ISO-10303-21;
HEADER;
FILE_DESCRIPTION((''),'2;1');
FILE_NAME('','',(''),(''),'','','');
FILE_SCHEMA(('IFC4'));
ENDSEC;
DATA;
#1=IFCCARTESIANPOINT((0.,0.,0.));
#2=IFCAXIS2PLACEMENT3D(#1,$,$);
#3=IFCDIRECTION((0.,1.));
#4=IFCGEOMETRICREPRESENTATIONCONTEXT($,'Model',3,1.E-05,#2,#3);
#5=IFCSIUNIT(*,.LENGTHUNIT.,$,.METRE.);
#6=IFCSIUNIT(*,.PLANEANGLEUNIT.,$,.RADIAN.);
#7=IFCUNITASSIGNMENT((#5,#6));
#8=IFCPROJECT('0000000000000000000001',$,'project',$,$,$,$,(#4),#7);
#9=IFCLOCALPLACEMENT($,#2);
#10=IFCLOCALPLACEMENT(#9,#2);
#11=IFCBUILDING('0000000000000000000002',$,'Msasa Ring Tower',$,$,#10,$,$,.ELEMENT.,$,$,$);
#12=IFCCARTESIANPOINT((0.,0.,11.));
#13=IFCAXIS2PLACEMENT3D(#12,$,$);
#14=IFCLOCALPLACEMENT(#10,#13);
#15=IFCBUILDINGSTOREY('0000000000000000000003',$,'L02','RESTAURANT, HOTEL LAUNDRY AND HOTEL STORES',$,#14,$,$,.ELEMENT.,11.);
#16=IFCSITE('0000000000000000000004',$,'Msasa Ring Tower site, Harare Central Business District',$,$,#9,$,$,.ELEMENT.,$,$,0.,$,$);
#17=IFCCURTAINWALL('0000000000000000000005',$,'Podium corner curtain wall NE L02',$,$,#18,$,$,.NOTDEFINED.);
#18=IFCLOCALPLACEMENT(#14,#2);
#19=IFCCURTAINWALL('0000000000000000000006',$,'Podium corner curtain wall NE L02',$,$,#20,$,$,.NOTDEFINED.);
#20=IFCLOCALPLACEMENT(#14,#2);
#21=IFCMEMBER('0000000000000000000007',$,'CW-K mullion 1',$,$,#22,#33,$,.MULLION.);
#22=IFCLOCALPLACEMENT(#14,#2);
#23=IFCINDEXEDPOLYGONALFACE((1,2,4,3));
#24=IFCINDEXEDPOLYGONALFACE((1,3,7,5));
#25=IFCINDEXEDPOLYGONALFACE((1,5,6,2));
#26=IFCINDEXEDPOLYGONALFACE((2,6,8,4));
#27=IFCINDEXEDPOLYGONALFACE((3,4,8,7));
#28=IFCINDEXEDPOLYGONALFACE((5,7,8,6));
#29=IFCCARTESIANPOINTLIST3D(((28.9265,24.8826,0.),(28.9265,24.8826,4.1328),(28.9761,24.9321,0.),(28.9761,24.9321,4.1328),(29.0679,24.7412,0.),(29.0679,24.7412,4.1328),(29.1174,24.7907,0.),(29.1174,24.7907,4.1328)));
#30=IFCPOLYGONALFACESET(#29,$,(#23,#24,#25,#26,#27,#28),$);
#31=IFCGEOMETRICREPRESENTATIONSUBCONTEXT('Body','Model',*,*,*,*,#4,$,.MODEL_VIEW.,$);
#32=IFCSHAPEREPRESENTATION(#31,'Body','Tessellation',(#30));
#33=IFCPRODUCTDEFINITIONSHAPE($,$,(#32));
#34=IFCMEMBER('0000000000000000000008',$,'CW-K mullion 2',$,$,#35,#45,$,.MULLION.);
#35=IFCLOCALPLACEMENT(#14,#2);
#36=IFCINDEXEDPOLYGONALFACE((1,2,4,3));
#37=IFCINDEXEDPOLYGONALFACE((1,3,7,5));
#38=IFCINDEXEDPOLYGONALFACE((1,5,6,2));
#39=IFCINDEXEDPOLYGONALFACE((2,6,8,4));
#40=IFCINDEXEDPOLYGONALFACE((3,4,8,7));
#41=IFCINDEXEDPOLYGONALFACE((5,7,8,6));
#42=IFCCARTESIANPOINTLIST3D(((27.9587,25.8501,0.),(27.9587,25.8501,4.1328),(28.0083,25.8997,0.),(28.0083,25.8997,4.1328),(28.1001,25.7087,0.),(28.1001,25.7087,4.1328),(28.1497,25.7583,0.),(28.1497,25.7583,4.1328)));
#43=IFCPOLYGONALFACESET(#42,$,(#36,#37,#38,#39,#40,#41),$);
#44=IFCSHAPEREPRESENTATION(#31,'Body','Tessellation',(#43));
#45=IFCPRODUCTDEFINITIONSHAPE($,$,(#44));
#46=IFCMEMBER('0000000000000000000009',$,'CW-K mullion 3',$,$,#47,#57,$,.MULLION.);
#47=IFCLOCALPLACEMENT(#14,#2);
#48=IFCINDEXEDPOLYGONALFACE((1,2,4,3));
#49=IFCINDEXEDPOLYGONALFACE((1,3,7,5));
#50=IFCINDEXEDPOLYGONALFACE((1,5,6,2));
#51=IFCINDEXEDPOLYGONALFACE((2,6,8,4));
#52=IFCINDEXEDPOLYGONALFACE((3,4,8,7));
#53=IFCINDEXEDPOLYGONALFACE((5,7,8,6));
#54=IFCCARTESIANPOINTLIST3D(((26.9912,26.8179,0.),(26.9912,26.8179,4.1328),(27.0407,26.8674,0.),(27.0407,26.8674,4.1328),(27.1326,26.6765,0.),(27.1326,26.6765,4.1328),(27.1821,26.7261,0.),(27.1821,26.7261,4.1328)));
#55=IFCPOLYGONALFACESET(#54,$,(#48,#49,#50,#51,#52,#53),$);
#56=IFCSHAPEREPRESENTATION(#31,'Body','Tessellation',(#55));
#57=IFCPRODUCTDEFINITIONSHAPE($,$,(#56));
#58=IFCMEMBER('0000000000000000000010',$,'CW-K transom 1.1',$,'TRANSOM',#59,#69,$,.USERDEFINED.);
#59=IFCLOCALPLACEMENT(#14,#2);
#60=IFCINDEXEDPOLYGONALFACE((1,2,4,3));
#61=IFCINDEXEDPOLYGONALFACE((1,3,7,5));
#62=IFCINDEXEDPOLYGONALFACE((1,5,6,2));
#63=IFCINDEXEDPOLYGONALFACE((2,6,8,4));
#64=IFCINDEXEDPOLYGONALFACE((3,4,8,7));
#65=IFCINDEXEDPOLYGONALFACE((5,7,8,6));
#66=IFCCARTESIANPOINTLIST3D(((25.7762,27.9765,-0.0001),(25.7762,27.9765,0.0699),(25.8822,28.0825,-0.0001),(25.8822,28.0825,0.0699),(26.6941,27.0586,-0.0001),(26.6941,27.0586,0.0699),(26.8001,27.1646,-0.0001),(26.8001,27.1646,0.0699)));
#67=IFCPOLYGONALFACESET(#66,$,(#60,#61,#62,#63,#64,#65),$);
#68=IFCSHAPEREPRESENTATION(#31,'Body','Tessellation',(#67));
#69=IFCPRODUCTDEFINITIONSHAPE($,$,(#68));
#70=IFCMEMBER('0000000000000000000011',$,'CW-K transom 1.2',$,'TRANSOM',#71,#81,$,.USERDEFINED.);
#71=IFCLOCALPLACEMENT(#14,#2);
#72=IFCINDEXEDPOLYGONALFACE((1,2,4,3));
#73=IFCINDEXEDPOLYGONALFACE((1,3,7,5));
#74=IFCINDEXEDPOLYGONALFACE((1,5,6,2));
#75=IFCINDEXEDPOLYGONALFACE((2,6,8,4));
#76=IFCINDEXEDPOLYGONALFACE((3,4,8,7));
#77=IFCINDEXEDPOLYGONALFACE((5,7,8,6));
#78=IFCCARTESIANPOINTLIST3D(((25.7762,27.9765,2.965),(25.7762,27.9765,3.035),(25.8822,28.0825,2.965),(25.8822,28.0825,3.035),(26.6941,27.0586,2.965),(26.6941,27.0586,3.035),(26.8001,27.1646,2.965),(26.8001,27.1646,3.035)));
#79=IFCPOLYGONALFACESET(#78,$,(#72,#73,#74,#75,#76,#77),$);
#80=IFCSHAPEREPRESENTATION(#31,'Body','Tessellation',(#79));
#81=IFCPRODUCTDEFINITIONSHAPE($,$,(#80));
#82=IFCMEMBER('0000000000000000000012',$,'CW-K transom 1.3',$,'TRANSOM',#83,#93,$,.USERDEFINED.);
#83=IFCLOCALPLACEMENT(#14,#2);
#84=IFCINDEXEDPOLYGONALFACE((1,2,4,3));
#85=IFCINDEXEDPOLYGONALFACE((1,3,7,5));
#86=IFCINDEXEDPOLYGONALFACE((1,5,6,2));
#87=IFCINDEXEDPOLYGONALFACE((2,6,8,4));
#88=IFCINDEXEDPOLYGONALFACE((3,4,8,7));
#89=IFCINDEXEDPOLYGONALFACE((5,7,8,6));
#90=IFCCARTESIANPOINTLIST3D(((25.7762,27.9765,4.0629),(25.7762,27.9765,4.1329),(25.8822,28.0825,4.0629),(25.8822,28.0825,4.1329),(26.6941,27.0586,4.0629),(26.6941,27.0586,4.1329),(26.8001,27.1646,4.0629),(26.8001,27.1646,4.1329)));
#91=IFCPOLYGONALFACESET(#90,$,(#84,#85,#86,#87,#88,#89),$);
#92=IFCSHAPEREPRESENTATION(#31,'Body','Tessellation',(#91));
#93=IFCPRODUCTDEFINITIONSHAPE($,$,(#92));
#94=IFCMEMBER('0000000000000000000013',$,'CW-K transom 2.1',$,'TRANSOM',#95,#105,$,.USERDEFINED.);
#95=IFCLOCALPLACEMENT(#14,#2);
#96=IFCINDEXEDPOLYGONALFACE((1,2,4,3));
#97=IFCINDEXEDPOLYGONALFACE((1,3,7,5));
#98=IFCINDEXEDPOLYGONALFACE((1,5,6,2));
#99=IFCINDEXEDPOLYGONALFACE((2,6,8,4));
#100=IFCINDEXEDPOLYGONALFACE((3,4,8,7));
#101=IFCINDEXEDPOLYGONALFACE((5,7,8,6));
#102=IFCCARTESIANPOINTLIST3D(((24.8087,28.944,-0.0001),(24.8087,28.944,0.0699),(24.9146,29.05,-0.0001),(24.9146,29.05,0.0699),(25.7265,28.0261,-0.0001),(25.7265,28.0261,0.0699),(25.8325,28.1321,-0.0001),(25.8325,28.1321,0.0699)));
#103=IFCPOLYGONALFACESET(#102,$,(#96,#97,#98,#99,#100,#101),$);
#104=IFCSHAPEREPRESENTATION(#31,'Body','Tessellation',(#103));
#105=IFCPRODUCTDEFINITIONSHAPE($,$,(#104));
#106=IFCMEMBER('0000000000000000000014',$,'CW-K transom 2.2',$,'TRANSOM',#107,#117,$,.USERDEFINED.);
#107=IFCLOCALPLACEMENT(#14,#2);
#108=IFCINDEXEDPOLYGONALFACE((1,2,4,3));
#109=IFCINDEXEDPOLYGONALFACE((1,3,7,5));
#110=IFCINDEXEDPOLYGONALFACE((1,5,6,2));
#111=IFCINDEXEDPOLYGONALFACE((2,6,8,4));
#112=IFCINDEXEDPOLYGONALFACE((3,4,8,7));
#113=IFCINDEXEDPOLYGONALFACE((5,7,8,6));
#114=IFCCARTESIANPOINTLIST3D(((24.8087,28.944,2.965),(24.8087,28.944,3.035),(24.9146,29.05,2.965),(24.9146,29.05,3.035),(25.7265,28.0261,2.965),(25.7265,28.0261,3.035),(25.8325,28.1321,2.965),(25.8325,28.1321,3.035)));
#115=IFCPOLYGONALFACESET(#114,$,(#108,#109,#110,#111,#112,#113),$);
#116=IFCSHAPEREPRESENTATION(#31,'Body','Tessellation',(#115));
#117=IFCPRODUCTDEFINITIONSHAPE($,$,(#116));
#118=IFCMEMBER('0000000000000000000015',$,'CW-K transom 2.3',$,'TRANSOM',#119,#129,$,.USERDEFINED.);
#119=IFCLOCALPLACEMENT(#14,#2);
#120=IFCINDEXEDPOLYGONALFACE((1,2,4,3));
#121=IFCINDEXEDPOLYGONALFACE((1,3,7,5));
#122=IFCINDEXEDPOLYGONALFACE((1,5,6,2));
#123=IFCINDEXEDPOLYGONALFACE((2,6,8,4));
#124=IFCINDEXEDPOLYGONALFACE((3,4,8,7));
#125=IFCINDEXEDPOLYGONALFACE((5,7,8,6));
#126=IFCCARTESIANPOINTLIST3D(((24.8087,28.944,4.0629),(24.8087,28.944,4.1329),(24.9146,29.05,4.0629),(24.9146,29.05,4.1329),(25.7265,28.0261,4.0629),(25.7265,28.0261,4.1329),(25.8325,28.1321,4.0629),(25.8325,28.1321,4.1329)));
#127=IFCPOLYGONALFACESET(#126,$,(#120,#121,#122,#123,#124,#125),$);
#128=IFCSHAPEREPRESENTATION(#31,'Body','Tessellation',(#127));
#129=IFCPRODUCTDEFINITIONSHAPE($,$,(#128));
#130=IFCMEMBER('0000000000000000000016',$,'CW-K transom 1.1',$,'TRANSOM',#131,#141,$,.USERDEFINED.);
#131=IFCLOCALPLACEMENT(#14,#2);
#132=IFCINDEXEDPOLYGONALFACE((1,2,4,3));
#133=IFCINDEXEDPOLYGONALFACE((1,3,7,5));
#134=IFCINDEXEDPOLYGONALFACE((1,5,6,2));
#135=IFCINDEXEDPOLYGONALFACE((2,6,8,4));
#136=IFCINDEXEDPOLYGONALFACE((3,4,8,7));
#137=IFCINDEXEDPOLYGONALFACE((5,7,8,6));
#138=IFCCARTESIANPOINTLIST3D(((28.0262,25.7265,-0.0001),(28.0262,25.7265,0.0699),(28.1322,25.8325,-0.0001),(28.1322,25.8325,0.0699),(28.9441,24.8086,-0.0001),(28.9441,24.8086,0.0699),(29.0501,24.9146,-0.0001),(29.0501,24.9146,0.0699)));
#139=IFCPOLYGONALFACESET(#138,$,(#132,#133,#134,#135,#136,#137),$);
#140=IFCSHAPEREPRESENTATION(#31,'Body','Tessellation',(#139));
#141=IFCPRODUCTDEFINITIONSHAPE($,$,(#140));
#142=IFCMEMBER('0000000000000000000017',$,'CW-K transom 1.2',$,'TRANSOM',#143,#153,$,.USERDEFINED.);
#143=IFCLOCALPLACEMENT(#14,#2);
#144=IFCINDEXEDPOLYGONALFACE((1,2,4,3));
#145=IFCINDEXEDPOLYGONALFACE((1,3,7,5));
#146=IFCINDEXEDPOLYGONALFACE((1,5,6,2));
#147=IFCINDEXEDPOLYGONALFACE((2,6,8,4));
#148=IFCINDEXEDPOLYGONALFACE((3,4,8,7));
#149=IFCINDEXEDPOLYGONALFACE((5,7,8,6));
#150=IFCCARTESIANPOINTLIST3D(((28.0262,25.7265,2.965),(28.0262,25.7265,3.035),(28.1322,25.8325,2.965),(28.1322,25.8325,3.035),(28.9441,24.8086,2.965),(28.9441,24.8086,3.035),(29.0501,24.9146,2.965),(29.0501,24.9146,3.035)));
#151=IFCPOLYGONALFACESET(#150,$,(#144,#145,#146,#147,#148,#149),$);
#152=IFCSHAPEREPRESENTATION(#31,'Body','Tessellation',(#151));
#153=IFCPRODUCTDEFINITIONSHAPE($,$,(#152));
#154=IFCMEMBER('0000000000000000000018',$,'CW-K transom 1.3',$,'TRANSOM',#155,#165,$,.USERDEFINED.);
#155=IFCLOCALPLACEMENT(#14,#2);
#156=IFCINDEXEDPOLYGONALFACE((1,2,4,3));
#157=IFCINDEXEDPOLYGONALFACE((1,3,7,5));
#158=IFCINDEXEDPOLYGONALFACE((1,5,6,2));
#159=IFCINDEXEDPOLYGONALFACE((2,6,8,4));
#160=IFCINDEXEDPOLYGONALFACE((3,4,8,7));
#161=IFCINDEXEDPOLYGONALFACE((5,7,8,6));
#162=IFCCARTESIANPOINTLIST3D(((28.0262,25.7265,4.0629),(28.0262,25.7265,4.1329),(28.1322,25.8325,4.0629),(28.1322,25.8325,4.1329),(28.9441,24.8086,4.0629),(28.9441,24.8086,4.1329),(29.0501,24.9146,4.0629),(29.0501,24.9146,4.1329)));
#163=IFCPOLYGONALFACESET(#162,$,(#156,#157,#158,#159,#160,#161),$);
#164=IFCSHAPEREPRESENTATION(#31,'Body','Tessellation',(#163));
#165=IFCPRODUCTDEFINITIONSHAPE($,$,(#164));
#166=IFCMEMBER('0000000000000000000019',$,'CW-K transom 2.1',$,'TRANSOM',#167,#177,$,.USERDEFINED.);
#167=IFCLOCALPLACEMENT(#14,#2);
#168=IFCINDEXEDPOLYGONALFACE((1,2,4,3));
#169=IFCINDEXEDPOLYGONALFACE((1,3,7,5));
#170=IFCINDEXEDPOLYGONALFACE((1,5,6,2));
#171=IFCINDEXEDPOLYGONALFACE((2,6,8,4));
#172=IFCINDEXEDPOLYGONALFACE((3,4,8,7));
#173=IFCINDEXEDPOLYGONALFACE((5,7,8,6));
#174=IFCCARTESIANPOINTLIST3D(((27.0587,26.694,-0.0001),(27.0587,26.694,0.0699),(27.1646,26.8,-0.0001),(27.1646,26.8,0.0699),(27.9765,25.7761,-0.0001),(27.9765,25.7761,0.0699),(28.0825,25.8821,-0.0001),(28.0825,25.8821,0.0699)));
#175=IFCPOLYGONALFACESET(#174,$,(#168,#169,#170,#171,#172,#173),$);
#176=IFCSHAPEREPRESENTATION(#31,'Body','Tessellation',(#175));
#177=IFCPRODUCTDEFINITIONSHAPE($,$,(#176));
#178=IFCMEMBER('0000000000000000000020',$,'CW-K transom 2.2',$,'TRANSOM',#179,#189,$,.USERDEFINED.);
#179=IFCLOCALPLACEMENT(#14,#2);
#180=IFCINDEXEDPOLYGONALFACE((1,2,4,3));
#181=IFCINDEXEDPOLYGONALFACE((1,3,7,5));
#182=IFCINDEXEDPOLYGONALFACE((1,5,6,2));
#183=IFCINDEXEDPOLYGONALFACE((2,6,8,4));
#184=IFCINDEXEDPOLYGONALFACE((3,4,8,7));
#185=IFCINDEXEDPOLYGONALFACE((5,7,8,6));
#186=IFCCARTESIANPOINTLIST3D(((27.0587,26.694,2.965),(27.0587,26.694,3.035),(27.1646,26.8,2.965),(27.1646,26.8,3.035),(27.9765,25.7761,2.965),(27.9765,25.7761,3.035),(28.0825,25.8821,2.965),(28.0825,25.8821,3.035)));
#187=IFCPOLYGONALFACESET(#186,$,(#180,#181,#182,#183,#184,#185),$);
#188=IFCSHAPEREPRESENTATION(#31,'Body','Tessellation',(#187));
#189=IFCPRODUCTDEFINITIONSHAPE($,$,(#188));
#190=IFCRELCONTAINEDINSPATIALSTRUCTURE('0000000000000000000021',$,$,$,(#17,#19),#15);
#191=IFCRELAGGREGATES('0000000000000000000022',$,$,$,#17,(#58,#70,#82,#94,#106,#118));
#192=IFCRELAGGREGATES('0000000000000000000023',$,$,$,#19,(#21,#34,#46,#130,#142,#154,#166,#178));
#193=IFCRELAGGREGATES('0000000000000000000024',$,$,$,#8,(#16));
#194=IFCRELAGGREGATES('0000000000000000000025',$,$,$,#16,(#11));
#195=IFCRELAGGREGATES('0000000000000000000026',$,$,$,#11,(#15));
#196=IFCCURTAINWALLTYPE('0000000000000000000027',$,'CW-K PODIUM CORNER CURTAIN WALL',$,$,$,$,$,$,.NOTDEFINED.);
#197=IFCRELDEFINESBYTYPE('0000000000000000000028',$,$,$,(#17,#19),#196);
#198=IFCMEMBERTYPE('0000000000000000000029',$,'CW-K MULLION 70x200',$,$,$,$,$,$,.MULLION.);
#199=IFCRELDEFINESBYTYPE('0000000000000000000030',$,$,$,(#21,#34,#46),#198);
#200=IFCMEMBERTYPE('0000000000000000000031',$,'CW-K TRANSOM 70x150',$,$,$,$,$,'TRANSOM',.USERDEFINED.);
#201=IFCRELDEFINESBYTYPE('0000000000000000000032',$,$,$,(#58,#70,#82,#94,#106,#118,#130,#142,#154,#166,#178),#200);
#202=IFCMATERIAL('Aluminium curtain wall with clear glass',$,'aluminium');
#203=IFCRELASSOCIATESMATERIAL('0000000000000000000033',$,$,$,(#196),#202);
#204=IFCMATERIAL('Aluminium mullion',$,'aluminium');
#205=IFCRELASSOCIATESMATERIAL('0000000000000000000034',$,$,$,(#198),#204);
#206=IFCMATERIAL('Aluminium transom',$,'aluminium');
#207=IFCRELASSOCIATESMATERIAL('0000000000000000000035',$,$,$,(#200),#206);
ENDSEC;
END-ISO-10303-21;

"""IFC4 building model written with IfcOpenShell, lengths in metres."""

from ifc_helpers import new_model, si_unit, direction, frame, origin, origin_2d, place, context, subcontext, project, spatial, rectangle, extrude, material, material_profile, profile_set, type_object, element, aggregate, save


model = new_model("IFC4")

# Units and contexts
model_context = context("Model", 3, precision=1e-05, world=origin(), true_north=direction((0.0, 1.0)))
body_context = subcontext(model_context, "Body", "Model", "MODEL_VIEW")
ifc_project = project(units=[si_unit("LENGTHUNIT", "METRE"), si_unit("PLANEANGLEUNIT", "RADIAN")], contexts=[model_context])

# Site, building, storey
site_placement = place(None, origin())
site = spatial("IfcSite", under=ifc_project, at=site_placement, Name="Msasa Ring Tower site, Harare Central Business District", CompositionType="ELEMENT", RefElevation=0.0)
building_placement = place(site_placement, origin())
building = spatial("IfcBuilding", under=site, at=building_placement, Name="Msasa Ring Tower", CompositionType="ELEMENT")
storey_placement = place(building_placement, frame((0.0, 0.0, 11.0)))
storey = spatial("IfcBuildingStorey", under=building, at=storey_placement, Name="L02", Description="RESTAURANT, HOTEL LAUNDRY AND HOTEL STORES", CompositionType="ELEMENT", Elevation=11.0)

# Curtain walls, members
ifc_material_1 = material(Name="Aluminium curtain wall with clear glass", Category="aluminium")
curtain_wall_type = type_object("IfcCurtainWallType", Name="CW-K PODIUM CORNER CURTAIN WALL", PredefinedType="NOTDEFINED", material=ifc_material_1)
curtain_wall_1_placement = place(storey_placement, origin())
curtain_wall_1 = element("IfcCurtainWall", 1, at=curtain_wall_1_placement, inside=storey, type_object=curtain_wall_type, Name="Podium corner curtain wall NE L02", PredefinedType="NOTDEFINED")
ifc_material_2 = material(Name="Aluminium mullion", Category="aluminium")
ifc_material_profile_1 = material_profile(ifc_material_2, rectangle(XDim=0.0701, YDim=0.2, at=origin_2d()), Name="AL 70x200")
ifc_profile_set_1 = profile_set([ifc_material_profile_1], Name="Aluminium mullion")
member_type_1 = type_object("IfcMemberType", Name="CW-K MULLION 70x200", PredefinedType="MULLION", material=ifc_profile_set_1)
curtain_wall_2_placement = place(storey_placement, origin())
curtain_wall_2 = element("IfcCurtainWall", 2, at=curtain_wall_2_placement, inside=storey, type_object=curtain_wall_type, Name="Podium corner curtain wall NE L02", PredefinedType="NOTDEFINED")
member_1_placement = place(storey_placement, frame((29.022, 24.8367, 0.0), z_axis=(0.0, 0.0, 1.0), x_axis=(-0.707107, -0.707107, 0.0)))
member_1 = element("IfcMember", 3, at=member_1_placement, type_object=member_type_1, Name="CW-K mullion 1", PredefinedType="MULLION", context=body_context, shape_type="SweptSolid", body=[
    extrude(rectangle(XDim=0.0701, YDim=0.2, at=origin_2d()), origin(), (0.0, 0.0, 1.0), 4.1328),
])
member_2_placement = place(storey_placement, frame((28.0542, 25.8042, 0.0), z_axis=(0.0, 0.0, 1.0), x_axis=(-0.707107, -0.707107, 0.0)))
member_2 = element("IfcMember", 4, at=member_2_placement, type_object=member_type_1, Name="CW-K mullion 2", PredefinedType="MULLION", context=body_context, shape_type="SweptSolid", body=[
    extrude(rectangle(XDim=0.0701, YDim=0.2, at=origin_2d()), origin(), (0.0, 0.0, 1.0), 4.1328),
])
member_3_placement = place(storey_placement, frame((27.0867, 26.772, 0.0), z_axis=(0.0, 0.0, 1.0), x_axis=(-0.707107, -0.707107, 0.0)))
member_3 = element("IfcMember", 5, at=member_3_placement, type_object=member_type_1, Name="CW-K mullion 3", PredefinedType="MULLION", context=body_context, shape_type="SweptSolid", body=[
    extrude(rectangle(XDim=0.0701, YDim=0.2, at=origin_2d()), origin(), (0.0, 0.0, 1.0), 4.1328),
])

# Members
ifc_material_3 = material(Name="Aluminium transom", Category="aluminium")
ifc_material_profile_2 = material_profile(ifc_material_3, rectangle(XDim=0.1499, YDim=0.0701, at=origin_2d()), Name="AL 70x150")
ifc_profile_set_2 = profile_set([ifc_material_profile_2], Name="Aluminium transom")
member_type_2 = type_object("IfcMemberType", Name="CW-K TRANSOM 70x150", ElementType="TRANSOM", PredefinedType="USERDEFINED", material=ifc_profile_set_2)
member_4_placement = place(storey_placement, frame((26.7471, 27.1116, 0.0349), z_axis=(-0.707107, 0.707107, 0.0), x_axis=(-0.707107, -0.707107, 0.0)))
member_4 = element("IfcMember", 6, at=member_4_placement, type_object=member_type_2, Name="CW-K transom 1.1", ObjectType="TRANSOM", PredefinedType="USERDEFINED", context=body_context, shape_type="SweptSolid", body=[
    extrude(rectangle(XDim=0.1499, YDim=0.0701, at=origin_2d()), origin(), (0.0, 0.0, 1.0), 1.2981),
])
member_5_placement = place(storey_placement, frame((26.7471, 27.1116, 3.0), z_axis=(-0.707107, 0.707107, 0.0), x_axis=(-0.707107, -0.707107, 0.0)))
member_5 = element("IfcMember", 7, at=member_5_placement, type_object=member_type_2, Name="CW-K transom 1.2", ObjectType="TRANSOM", PredefinedType="USERDEFINED", context=body_context, shape_type="SweptSolid", body=[
    extrude(rectangle(XDim=0.1499, YDim=0.0701, at=origin_2d()), origin(), (0.0, 0.0, 1.0), 1.2981),
])
member_6_placement = place(storey_placement, frame((26.7471, 27.1116, 4.0979), z_axis=(-0.707107, 0.707107, 0.0), x_axis=(-0.707107, -0.707107, 0.0)))
member_6 = element("IfcMember", 8, at=member_6_placement, type_object=member_type_2, Name="CW-K transom 1.3", ObjectType="TRANSOM", PredefinedType="USERDEFINED", context=body_context, shape_type="SweptSolid", body=[
    extrude(rectangle(XDim=0.1499, YDim=0.0701, at=origin_2d()), origin(), (0.0, 0.0, 1.0), 1.2981),
])
member_7_placement = place(storey_placement, frame((25.7795, 28.0791, 0.0349), z_axis=(-0.707107, 0.707107, 0.0), x_axis=(-0.707107, -0.707107, 0.0)))
member_7 = element("IfcMember", 9, at=member_7_placement, type_object=member_type_2, Name="CW-K transom 2.1", ObjectType="TRANSOM", PredefinedType="USERDEFINED", context=body_context, shape_type="SweptSolid", body=[
    extrude(rectangle(XDim=0.1499, YDim=0.0701, at=origin_2d()), origin(), (0.0, 0.0, 1.0), 1.2981),
])
member_8_placement = place(storey_placement, frame((25.7795, 28.0791, 3.0), z_axis=(-0.707107, 0.707107, 0.0), x_axis=(-0.707107, -0.707107, 0.0)))
member_8 = element("IfcMember", 10, at=member_8_placement, type_object=member_type_2, Name="CW-K transom 2.2", ObjectType="TRANSOM", PredefinedType="USERDEFINED", context=body_context, shape_type="SweptSolid", body=[
    extrude(rectangle(XDim=0.1499, YDim=0.0701, at=origin_2d()), origin(), (0.0, 0.0, 1.0), 1.2981),
])
member_9_placement = place(storey_placement, frame((25.7795, 28.0791, 4.0979), z_axis=(-0.707107, 0.707107, 0.0), x_axis=(-0.707107, -0.707107, 0.0)))
member_9 = element("IfcMember", 11, at=member_9_placement, type_object=member_type_2, Name="CW-K transom 2.3", ObjectType="TRANSOM", PredefinedType="USERDEFINED", context=body_context, shape_type="SweptSolid", body=[
    extrude(rectangle(XDim=0.1499, YDim=0.0701, at=origin_2d()), origin(), (0.0, 0.0, 1.0), 1.2981),
])
member_10_placement = place(storey_placement, frame((28.9971, 24.8616, 0.0349), z_axis=(-0.707107, 0.707107, 0.0), x_axis=(-0.707107, -0.707107, 0.0)))
member_10 = element("IfcMember", 12, at=member_10_placement, type_object=member_type_2, Name="CW-K transom 1.1", ObjectType="TRANSOM", PredefinedType="USERDEFINED", context=body_context, shape_type="SweptSolid", body=[
    extrude(rectangle(XDim=0.1499, YDim=0.0701, at=origin_2d()), origin(), (0.0, 0.0, 1.0), 1.2981),
])
member_11_placement = place(storey_placement, frame((28.9971, 24.8616, 3.0), z_axis=(-0.707107, 0.707107, 0.0), x_axis=(-0.707107, -0.707107, 0.0)))
member_11 = element("IfcMember", 13, at=member_11_placement, type_object=member_type_2, Name="CW-K transom 1.2", ObjectType="TRANSOM", PredefinedType="USERDEFINED", context=body_context, shape_type="SweptSolid", body=[
    extrude(rectangle(XDim=0.1499, YDim=0.0701, at=origin_2d()), origin(), (0.0, 0.0, 1.0), 1.2981),
])
member_12_placement = place(storey_placement, frame((28.9971, 24.8616, 4.0979), z_axis=(-0.707107, 0.707107, 0.0), x_axis=(-0.707107, -0.707107, 0.0)))
member_12 = element("IfcMember", 14, at=member_12_placement, type_object=member_type_2, Name="CW-K transom 1.3", ObjectType="TRANSOM", PredefinedType="USERDEFINED", context=body_context, shape_type="SweptSolid", body=[
    extrude(rectangle(XDim=0.1499, YDim=0.0701, at=origin_2d()), origin(), (0.0, 0.0, 1.0), 1.2981),
])
member_13_placement = place(storey_placement, frame((28.0295, 25.8291, 0.0349), z_axis=(-0.707107, 0.707107, 0.0), x_axis=(-0.707107, -0.707107, 0.0)))
member_13 = element("IfcMember", 15, at=member_13_placement, type_object=member_type_2, Name="CW-K transom 2.1", ObjectType="TRANSOM", PredefinedType="USERDEFINED", context=body_context, shape_type="SweptSolid", body=[
    extrude(rectangle(XDim=0.1499, YDim=0.0701, at=origin_2d()), origin(), (0.0, 0.0, 1.0), 1.2981),
])
member_14_placement = place(storey_placement, frame((28.0295, 25.8291, 3.0), z_axis=(-0.707107, 0.707107, 0.0), x_axis=(-0.707107, -0.707107, 0.0)))
member_14 = element("IfcMember", 16, at=member_14_placement, type_object=member_type_2, Name="CW-K transom 2.2", ObjectType="TRANSOM", PredefinedType="USERDEFINED", context=body_context, shape_type="SweptSolid", body=[
    extrude(rectangle(XDim=0.1499, YDim=0.0701, at=origin_2d()), origin(), (0.0, 0.0, 1.0), 1.2981),
])

aggregate(curtain_wall_1, [member_4, member_5, member_6, member_7, member_8, member_9])
aggregate(curtain_wall_2, [member_1, member_2, member_3, member_10, member_11, member_12, member_13, member_14])

save(model, "model.ifc")
